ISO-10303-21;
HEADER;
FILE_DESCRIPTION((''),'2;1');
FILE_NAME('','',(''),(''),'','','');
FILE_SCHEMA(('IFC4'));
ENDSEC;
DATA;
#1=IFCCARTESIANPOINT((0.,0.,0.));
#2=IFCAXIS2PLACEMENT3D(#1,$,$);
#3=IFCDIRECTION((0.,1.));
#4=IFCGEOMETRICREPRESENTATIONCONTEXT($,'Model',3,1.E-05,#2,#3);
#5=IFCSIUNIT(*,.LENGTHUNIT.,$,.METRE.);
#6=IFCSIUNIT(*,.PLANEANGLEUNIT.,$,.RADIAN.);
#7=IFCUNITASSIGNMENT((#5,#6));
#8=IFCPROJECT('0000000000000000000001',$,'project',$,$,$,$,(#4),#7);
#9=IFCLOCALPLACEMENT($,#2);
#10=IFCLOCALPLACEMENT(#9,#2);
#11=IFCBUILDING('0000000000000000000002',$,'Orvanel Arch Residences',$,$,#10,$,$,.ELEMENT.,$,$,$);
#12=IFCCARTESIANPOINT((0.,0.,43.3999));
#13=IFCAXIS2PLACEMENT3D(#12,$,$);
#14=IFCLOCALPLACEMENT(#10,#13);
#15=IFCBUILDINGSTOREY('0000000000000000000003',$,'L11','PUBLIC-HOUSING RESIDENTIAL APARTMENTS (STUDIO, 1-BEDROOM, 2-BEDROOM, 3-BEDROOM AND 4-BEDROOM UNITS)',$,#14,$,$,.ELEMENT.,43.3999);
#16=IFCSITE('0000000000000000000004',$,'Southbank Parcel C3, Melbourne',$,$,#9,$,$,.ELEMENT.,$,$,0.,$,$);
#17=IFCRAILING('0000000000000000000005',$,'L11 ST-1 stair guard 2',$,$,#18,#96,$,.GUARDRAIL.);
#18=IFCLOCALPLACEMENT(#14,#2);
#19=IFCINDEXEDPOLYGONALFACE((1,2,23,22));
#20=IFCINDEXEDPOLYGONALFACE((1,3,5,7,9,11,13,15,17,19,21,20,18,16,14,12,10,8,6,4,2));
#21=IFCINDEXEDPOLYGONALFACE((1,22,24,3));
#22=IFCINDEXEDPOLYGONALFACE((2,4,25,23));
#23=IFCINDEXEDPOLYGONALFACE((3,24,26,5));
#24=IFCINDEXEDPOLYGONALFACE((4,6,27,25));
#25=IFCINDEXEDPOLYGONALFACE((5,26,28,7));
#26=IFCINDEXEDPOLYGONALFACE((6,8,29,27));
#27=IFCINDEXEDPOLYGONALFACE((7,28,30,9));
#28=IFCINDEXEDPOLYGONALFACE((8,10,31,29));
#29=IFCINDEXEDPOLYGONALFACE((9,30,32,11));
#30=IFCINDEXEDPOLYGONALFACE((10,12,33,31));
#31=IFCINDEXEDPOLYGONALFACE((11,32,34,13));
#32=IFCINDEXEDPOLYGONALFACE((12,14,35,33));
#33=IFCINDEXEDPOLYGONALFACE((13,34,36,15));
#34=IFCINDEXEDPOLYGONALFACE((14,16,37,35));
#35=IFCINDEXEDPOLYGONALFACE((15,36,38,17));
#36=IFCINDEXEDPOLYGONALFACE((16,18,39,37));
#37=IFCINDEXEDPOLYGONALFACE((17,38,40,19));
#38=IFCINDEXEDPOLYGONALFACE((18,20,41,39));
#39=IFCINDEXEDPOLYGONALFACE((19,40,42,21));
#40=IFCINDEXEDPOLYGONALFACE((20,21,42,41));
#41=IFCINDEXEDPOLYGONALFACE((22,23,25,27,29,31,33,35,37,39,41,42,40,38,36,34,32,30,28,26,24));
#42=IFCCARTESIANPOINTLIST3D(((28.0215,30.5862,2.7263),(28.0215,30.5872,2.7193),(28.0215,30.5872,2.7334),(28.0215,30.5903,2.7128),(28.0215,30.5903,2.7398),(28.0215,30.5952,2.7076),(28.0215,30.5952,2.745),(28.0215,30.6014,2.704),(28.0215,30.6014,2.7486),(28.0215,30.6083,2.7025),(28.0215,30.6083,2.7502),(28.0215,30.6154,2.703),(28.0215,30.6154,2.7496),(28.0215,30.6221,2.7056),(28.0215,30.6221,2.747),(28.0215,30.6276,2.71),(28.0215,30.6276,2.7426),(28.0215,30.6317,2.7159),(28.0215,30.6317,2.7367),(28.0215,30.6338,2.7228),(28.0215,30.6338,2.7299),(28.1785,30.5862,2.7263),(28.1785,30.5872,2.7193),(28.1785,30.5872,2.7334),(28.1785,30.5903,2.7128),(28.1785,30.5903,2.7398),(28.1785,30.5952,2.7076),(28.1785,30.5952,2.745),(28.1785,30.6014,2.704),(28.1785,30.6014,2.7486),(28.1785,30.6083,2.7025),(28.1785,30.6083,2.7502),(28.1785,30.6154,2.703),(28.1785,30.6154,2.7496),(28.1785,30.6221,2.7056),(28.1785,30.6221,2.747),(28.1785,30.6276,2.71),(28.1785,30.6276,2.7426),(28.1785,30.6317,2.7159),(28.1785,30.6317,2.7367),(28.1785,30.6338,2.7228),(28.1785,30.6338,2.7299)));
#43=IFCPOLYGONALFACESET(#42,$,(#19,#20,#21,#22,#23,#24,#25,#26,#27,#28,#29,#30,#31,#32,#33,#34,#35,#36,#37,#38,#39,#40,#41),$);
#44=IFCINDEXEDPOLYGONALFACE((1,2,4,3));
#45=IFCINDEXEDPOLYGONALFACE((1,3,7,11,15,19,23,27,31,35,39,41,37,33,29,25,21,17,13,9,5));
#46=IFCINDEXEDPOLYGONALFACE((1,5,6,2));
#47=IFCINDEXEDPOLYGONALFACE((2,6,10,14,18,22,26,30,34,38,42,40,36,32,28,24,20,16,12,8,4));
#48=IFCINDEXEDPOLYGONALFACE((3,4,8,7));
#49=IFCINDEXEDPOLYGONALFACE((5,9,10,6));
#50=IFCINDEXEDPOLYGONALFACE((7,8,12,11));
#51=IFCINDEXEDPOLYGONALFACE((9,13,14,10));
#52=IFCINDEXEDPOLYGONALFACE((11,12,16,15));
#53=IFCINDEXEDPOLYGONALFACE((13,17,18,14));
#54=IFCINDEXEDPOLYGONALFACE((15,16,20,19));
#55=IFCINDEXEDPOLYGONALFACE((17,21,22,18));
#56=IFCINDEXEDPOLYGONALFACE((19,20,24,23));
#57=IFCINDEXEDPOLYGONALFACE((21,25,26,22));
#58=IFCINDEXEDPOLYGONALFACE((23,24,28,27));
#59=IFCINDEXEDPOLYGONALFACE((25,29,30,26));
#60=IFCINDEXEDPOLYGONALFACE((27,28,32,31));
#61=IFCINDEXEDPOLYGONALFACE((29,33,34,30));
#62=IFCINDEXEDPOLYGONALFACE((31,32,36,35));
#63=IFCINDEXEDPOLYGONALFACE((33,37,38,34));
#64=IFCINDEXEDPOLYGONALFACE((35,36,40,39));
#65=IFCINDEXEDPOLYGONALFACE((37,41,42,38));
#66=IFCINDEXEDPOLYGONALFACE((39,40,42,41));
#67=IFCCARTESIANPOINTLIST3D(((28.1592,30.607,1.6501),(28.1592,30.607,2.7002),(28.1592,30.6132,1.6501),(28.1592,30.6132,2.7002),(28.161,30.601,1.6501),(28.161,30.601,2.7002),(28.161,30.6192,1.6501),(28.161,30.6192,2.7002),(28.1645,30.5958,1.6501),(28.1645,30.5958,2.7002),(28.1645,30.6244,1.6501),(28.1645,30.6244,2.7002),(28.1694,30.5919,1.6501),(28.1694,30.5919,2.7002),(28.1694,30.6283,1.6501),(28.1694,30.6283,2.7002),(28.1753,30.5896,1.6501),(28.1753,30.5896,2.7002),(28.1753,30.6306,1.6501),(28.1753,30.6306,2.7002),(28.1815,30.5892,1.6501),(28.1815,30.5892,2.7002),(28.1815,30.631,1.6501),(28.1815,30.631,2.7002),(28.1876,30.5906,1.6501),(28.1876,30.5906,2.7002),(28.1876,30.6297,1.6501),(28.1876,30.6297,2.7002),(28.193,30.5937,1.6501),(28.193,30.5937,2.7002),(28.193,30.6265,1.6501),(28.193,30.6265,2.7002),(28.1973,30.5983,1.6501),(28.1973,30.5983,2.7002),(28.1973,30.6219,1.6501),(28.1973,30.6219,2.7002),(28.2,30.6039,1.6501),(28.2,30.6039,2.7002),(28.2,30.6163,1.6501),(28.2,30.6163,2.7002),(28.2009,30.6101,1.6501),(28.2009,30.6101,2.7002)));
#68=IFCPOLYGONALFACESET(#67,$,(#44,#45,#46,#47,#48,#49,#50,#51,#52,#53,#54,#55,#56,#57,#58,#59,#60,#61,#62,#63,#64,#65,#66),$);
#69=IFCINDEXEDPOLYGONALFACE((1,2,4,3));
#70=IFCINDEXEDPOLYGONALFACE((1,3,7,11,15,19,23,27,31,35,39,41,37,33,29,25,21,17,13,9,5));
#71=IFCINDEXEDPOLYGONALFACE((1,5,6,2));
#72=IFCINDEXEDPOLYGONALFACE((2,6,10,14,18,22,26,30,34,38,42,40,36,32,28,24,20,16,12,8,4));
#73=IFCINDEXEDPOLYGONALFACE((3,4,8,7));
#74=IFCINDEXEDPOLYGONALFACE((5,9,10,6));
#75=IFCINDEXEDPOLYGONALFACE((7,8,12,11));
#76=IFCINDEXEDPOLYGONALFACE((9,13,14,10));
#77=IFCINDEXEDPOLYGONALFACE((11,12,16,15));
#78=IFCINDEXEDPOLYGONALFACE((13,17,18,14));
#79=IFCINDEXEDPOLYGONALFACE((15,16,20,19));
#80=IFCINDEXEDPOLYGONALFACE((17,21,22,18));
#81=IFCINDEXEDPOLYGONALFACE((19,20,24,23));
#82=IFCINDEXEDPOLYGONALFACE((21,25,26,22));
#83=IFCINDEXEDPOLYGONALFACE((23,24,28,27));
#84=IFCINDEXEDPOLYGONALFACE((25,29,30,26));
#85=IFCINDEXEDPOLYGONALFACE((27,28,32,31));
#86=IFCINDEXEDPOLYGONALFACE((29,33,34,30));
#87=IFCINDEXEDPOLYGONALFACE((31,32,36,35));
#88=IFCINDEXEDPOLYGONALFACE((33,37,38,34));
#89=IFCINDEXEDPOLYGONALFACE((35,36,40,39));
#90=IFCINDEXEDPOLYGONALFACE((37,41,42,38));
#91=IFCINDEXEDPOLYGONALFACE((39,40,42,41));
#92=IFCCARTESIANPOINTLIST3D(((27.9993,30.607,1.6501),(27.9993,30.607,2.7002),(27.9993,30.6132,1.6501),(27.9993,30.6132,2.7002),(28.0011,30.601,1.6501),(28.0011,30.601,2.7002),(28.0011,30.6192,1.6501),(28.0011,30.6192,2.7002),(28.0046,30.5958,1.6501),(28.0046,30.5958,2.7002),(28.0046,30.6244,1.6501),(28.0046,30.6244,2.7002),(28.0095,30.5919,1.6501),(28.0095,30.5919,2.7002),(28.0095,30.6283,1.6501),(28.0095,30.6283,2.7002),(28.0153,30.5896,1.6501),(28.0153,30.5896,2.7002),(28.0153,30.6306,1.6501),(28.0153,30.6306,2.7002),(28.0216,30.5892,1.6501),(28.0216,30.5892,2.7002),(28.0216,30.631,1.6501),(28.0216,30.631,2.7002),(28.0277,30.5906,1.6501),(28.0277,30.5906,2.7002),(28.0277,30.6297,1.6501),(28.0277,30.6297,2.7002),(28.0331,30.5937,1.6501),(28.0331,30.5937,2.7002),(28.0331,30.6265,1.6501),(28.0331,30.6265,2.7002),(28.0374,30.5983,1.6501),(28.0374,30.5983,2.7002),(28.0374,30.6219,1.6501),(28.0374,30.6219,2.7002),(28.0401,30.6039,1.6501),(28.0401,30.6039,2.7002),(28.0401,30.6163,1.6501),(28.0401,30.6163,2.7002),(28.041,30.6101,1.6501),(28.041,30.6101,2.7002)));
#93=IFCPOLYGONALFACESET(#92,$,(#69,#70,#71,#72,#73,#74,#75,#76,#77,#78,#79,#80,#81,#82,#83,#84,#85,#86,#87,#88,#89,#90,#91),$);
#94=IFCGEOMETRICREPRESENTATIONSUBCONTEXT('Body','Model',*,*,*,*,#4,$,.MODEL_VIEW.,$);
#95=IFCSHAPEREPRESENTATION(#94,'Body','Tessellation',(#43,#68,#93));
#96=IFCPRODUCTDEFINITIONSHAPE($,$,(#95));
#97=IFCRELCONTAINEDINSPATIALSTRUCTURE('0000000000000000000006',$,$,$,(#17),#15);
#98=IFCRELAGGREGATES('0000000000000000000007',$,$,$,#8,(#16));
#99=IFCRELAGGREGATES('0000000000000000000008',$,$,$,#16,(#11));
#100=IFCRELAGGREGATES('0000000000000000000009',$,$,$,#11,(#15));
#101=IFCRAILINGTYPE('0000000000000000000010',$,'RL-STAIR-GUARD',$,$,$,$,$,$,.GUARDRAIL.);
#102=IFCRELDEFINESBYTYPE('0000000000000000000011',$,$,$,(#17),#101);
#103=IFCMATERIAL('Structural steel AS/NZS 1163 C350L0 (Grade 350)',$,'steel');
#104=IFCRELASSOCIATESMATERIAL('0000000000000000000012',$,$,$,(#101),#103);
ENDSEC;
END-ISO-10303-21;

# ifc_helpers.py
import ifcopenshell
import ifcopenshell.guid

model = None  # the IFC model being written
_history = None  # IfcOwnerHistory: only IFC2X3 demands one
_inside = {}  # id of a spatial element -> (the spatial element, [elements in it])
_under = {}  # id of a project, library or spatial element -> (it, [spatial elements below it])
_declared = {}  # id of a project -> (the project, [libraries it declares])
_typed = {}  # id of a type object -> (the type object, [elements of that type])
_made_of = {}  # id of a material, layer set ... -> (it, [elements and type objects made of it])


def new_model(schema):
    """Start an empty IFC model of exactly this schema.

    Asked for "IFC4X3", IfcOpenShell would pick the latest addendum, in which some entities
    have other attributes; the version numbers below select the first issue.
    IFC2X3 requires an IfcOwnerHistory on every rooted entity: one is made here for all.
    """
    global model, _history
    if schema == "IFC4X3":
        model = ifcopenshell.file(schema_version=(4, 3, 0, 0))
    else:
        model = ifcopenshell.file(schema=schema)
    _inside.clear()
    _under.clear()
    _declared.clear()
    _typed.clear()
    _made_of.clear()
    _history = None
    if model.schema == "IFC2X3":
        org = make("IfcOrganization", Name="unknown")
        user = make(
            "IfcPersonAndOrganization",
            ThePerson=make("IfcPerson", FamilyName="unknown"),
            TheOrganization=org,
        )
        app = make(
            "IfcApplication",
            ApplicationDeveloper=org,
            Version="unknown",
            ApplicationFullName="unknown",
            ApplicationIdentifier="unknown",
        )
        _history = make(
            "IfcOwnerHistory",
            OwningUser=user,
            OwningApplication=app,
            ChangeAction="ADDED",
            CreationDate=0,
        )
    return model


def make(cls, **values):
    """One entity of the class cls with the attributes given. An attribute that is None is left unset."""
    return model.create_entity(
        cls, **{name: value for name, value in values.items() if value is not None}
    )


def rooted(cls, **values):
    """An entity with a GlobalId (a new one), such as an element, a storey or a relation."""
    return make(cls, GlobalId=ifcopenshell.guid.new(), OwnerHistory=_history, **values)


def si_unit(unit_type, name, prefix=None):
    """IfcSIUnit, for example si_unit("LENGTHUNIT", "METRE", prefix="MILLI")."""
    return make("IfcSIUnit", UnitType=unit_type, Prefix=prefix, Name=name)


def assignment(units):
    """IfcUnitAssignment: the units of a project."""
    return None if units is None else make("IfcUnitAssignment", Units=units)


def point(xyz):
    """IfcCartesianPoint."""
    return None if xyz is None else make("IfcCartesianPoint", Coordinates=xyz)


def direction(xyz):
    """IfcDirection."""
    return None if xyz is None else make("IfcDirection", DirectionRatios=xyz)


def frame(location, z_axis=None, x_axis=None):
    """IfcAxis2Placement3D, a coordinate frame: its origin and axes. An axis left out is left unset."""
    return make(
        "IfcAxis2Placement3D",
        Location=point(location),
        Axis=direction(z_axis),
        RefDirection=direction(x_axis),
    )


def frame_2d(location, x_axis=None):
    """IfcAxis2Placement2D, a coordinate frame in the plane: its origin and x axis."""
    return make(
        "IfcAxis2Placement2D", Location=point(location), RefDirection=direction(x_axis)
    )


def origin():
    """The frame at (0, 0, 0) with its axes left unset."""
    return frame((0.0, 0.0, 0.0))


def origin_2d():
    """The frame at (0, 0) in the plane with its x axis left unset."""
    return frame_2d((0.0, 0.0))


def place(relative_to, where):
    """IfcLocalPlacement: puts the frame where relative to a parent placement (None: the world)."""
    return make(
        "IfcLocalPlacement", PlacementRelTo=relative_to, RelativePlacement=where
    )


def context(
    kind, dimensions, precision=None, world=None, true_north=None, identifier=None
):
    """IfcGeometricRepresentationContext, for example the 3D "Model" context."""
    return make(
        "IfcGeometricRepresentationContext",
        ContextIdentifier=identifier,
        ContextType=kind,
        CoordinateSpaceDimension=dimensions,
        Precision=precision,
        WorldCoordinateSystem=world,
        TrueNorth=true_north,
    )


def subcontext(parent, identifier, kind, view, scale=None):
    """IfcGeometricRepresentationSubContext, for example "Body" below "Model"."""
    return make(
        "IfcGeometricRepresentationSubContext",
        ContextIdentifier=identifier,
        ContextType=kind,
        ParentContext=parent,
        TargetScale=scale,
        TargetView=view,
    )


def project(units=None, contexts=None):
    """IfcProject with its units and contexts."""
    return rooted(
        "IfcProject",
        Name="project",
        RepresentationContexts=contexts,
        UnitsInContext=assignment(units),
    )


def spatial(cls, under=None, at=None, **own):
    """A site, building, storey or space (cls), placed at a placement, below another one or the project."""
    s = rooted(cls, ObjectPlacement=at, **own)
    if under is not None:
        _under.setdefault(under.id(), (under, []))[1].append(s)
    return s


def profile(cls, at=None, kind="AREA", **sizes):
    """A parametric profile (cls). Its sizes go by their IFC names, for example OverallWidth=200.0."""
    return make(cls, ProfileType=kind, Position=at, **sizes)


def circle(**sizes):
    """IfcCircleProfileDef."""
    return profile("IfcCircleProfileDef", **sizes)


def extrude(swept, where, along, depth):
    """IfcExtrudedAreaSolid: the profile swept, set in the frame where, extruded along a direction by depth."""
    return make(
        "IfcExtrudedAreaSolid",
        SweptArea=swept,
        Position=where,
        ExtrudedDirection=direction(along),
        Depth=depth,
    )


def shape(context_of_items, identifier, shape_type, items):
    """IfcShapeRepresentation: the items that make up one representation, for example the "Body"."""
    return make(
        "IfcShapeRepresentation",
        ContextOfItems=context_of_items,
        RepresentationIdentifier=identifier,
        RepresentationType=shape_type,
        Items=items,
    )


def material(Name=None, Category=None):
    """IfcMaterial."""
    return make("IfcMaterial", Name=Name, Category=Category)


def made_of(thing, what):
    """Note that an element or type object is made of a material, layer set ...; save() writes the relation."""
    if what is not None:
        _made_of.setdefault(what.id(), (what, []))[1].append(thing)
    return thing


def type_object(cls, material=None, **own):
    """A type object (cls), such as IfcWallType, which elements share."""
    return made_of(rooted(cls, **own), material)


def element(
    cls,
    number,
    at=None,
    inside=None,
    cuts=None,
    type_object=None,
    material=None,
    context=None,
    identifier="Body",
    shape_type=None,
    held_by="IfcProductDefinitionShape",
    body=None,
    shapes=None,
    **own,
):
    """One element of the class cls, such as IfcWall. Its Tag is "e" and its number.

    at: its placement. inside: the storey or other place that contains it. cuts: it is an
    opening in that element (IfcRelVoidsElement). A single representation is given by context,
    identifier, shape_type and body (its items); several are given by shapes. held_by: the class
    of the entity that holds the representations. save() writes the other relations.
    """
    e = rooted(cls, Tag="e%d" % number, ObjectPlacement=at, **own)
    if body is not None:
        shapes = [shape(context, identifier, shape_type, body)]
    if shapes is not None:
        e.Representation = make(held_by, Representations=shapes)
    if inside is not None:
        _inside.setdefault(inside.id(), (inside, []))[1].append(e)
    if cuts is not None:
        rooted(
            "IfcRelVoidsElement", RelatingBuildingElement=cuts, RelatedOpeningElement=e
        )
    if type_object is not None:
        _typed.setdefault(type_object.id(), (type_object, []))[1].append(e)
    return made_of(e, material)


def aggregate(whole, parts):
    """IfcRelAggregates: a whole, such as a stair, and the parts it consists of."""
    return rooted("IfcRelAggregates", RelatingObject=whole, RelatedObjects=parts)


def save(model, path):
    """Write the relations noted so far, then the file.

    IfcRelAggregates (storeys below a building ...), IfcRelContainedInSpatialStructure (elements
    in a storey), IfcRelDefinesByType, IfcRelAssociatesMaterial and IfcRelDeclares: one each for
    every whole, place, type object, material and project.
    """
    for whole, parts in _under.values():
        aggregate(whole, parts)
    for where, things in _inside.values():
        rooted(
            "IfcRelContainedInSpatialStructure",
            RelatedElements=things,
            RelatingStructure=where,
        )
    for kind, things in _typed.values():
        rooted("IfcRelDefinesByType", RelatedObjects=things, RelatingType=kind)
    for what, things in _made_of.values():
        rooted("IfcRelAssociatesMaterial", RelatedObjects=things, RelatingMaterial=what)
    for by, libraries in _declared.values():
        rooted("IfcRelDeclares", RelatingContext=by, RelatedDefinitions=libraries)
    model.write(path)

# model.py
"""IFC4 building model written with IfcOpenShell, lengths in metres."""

from ifc_helpers import new_model, si_unit, direction, frame, origin, origin_2d, place, context, subcontext, project, spatial, circle, extrude, material, type_object, element, save


model = new_model("IFC4")

# Units and contexts
model_context = context("Model", 3, precision=1e-05, world=origin(), true_north=direction((0.0, 1.0)))
body_context = subcontext(model_context, "Body", "Model", "MODEL_VIEW")
ifc_project = project(units=[si_unit("LENGTHUNIT", "METRE"), si_unit("PLANEANGLEUNIT", "RADIAN")], contexts=[model_context])

# Site, building, storey
site_placement = place(None, origin())
site = spatial("IfcSite", under=ifc_project, at=site_placement, Name="Southbank Parcel C3, Melbourne", CompositionType="ELEMENT", RefElevation=0.0)
building_placement = place(site_placement, origin())
building = spatial("IfcBuilding", under=site, at=building_placement, Name="Orvanel Arch Residences", CompositionType="ELEMENT")
storey_placement = place(building_placement, frame((0.0, 0.0, 43.3999)))
storey = spatial("IfcBuildingStorey", under=building, at=storey_placement, Name="L11", Description="PUBLIC-HOUSING RESIDENTIAL APARTMENTS (STUDIO, 1-BEDROOM, 2-BEDROOM, 3-BEDROOM AND 4-BEDROOM UNITS)", CompositionType="ELEMENT", Elevation=43.3999)

# Railing
ifc_material_1 = material(Name="Structural steel AS/NZS 1163 C350L0 (Grade 350)", Category="steel")
railing_type_1 = type_object("IfcRailingType", Name="RL-STAIR-GUARD", PredefinedType="GUARDRAIL", material=ifc_material_1)
railing_1_placement = place(storey_placement, frame((28.1799, 30.6101, 1.6501)))
element("IfcRailing", 1, at=railing_1_placement, inside=storey, type_object=railing_type_1, Name="L11 ST-1 stair guard 2", PredefinedType="GUARDRAIL", context=body_context, shape_type="SweptSolid", body=[
    extrude(circle(Radius=0.0239, at=origin_2d()), frame((-0.0015, 0.0, 1.0762), z_axis=(-1.0, 0.0, 0.0), x_axis=(0.0, -1.0, 0.0)), (0.0, 0.0, 1.0), 0.157),
    extrude(circle(Radius=0.021, at=origin_2d()), origin(), (0.0, 0.0, 1.0), 1.05),
    extrude(circle(Radius=0.021, at=origin_2d()), frame((-0.1599, 0.0, 0.0)), (0.0, 0.0, 1.0), 1.05),
])

save(model, "model.ifc")
